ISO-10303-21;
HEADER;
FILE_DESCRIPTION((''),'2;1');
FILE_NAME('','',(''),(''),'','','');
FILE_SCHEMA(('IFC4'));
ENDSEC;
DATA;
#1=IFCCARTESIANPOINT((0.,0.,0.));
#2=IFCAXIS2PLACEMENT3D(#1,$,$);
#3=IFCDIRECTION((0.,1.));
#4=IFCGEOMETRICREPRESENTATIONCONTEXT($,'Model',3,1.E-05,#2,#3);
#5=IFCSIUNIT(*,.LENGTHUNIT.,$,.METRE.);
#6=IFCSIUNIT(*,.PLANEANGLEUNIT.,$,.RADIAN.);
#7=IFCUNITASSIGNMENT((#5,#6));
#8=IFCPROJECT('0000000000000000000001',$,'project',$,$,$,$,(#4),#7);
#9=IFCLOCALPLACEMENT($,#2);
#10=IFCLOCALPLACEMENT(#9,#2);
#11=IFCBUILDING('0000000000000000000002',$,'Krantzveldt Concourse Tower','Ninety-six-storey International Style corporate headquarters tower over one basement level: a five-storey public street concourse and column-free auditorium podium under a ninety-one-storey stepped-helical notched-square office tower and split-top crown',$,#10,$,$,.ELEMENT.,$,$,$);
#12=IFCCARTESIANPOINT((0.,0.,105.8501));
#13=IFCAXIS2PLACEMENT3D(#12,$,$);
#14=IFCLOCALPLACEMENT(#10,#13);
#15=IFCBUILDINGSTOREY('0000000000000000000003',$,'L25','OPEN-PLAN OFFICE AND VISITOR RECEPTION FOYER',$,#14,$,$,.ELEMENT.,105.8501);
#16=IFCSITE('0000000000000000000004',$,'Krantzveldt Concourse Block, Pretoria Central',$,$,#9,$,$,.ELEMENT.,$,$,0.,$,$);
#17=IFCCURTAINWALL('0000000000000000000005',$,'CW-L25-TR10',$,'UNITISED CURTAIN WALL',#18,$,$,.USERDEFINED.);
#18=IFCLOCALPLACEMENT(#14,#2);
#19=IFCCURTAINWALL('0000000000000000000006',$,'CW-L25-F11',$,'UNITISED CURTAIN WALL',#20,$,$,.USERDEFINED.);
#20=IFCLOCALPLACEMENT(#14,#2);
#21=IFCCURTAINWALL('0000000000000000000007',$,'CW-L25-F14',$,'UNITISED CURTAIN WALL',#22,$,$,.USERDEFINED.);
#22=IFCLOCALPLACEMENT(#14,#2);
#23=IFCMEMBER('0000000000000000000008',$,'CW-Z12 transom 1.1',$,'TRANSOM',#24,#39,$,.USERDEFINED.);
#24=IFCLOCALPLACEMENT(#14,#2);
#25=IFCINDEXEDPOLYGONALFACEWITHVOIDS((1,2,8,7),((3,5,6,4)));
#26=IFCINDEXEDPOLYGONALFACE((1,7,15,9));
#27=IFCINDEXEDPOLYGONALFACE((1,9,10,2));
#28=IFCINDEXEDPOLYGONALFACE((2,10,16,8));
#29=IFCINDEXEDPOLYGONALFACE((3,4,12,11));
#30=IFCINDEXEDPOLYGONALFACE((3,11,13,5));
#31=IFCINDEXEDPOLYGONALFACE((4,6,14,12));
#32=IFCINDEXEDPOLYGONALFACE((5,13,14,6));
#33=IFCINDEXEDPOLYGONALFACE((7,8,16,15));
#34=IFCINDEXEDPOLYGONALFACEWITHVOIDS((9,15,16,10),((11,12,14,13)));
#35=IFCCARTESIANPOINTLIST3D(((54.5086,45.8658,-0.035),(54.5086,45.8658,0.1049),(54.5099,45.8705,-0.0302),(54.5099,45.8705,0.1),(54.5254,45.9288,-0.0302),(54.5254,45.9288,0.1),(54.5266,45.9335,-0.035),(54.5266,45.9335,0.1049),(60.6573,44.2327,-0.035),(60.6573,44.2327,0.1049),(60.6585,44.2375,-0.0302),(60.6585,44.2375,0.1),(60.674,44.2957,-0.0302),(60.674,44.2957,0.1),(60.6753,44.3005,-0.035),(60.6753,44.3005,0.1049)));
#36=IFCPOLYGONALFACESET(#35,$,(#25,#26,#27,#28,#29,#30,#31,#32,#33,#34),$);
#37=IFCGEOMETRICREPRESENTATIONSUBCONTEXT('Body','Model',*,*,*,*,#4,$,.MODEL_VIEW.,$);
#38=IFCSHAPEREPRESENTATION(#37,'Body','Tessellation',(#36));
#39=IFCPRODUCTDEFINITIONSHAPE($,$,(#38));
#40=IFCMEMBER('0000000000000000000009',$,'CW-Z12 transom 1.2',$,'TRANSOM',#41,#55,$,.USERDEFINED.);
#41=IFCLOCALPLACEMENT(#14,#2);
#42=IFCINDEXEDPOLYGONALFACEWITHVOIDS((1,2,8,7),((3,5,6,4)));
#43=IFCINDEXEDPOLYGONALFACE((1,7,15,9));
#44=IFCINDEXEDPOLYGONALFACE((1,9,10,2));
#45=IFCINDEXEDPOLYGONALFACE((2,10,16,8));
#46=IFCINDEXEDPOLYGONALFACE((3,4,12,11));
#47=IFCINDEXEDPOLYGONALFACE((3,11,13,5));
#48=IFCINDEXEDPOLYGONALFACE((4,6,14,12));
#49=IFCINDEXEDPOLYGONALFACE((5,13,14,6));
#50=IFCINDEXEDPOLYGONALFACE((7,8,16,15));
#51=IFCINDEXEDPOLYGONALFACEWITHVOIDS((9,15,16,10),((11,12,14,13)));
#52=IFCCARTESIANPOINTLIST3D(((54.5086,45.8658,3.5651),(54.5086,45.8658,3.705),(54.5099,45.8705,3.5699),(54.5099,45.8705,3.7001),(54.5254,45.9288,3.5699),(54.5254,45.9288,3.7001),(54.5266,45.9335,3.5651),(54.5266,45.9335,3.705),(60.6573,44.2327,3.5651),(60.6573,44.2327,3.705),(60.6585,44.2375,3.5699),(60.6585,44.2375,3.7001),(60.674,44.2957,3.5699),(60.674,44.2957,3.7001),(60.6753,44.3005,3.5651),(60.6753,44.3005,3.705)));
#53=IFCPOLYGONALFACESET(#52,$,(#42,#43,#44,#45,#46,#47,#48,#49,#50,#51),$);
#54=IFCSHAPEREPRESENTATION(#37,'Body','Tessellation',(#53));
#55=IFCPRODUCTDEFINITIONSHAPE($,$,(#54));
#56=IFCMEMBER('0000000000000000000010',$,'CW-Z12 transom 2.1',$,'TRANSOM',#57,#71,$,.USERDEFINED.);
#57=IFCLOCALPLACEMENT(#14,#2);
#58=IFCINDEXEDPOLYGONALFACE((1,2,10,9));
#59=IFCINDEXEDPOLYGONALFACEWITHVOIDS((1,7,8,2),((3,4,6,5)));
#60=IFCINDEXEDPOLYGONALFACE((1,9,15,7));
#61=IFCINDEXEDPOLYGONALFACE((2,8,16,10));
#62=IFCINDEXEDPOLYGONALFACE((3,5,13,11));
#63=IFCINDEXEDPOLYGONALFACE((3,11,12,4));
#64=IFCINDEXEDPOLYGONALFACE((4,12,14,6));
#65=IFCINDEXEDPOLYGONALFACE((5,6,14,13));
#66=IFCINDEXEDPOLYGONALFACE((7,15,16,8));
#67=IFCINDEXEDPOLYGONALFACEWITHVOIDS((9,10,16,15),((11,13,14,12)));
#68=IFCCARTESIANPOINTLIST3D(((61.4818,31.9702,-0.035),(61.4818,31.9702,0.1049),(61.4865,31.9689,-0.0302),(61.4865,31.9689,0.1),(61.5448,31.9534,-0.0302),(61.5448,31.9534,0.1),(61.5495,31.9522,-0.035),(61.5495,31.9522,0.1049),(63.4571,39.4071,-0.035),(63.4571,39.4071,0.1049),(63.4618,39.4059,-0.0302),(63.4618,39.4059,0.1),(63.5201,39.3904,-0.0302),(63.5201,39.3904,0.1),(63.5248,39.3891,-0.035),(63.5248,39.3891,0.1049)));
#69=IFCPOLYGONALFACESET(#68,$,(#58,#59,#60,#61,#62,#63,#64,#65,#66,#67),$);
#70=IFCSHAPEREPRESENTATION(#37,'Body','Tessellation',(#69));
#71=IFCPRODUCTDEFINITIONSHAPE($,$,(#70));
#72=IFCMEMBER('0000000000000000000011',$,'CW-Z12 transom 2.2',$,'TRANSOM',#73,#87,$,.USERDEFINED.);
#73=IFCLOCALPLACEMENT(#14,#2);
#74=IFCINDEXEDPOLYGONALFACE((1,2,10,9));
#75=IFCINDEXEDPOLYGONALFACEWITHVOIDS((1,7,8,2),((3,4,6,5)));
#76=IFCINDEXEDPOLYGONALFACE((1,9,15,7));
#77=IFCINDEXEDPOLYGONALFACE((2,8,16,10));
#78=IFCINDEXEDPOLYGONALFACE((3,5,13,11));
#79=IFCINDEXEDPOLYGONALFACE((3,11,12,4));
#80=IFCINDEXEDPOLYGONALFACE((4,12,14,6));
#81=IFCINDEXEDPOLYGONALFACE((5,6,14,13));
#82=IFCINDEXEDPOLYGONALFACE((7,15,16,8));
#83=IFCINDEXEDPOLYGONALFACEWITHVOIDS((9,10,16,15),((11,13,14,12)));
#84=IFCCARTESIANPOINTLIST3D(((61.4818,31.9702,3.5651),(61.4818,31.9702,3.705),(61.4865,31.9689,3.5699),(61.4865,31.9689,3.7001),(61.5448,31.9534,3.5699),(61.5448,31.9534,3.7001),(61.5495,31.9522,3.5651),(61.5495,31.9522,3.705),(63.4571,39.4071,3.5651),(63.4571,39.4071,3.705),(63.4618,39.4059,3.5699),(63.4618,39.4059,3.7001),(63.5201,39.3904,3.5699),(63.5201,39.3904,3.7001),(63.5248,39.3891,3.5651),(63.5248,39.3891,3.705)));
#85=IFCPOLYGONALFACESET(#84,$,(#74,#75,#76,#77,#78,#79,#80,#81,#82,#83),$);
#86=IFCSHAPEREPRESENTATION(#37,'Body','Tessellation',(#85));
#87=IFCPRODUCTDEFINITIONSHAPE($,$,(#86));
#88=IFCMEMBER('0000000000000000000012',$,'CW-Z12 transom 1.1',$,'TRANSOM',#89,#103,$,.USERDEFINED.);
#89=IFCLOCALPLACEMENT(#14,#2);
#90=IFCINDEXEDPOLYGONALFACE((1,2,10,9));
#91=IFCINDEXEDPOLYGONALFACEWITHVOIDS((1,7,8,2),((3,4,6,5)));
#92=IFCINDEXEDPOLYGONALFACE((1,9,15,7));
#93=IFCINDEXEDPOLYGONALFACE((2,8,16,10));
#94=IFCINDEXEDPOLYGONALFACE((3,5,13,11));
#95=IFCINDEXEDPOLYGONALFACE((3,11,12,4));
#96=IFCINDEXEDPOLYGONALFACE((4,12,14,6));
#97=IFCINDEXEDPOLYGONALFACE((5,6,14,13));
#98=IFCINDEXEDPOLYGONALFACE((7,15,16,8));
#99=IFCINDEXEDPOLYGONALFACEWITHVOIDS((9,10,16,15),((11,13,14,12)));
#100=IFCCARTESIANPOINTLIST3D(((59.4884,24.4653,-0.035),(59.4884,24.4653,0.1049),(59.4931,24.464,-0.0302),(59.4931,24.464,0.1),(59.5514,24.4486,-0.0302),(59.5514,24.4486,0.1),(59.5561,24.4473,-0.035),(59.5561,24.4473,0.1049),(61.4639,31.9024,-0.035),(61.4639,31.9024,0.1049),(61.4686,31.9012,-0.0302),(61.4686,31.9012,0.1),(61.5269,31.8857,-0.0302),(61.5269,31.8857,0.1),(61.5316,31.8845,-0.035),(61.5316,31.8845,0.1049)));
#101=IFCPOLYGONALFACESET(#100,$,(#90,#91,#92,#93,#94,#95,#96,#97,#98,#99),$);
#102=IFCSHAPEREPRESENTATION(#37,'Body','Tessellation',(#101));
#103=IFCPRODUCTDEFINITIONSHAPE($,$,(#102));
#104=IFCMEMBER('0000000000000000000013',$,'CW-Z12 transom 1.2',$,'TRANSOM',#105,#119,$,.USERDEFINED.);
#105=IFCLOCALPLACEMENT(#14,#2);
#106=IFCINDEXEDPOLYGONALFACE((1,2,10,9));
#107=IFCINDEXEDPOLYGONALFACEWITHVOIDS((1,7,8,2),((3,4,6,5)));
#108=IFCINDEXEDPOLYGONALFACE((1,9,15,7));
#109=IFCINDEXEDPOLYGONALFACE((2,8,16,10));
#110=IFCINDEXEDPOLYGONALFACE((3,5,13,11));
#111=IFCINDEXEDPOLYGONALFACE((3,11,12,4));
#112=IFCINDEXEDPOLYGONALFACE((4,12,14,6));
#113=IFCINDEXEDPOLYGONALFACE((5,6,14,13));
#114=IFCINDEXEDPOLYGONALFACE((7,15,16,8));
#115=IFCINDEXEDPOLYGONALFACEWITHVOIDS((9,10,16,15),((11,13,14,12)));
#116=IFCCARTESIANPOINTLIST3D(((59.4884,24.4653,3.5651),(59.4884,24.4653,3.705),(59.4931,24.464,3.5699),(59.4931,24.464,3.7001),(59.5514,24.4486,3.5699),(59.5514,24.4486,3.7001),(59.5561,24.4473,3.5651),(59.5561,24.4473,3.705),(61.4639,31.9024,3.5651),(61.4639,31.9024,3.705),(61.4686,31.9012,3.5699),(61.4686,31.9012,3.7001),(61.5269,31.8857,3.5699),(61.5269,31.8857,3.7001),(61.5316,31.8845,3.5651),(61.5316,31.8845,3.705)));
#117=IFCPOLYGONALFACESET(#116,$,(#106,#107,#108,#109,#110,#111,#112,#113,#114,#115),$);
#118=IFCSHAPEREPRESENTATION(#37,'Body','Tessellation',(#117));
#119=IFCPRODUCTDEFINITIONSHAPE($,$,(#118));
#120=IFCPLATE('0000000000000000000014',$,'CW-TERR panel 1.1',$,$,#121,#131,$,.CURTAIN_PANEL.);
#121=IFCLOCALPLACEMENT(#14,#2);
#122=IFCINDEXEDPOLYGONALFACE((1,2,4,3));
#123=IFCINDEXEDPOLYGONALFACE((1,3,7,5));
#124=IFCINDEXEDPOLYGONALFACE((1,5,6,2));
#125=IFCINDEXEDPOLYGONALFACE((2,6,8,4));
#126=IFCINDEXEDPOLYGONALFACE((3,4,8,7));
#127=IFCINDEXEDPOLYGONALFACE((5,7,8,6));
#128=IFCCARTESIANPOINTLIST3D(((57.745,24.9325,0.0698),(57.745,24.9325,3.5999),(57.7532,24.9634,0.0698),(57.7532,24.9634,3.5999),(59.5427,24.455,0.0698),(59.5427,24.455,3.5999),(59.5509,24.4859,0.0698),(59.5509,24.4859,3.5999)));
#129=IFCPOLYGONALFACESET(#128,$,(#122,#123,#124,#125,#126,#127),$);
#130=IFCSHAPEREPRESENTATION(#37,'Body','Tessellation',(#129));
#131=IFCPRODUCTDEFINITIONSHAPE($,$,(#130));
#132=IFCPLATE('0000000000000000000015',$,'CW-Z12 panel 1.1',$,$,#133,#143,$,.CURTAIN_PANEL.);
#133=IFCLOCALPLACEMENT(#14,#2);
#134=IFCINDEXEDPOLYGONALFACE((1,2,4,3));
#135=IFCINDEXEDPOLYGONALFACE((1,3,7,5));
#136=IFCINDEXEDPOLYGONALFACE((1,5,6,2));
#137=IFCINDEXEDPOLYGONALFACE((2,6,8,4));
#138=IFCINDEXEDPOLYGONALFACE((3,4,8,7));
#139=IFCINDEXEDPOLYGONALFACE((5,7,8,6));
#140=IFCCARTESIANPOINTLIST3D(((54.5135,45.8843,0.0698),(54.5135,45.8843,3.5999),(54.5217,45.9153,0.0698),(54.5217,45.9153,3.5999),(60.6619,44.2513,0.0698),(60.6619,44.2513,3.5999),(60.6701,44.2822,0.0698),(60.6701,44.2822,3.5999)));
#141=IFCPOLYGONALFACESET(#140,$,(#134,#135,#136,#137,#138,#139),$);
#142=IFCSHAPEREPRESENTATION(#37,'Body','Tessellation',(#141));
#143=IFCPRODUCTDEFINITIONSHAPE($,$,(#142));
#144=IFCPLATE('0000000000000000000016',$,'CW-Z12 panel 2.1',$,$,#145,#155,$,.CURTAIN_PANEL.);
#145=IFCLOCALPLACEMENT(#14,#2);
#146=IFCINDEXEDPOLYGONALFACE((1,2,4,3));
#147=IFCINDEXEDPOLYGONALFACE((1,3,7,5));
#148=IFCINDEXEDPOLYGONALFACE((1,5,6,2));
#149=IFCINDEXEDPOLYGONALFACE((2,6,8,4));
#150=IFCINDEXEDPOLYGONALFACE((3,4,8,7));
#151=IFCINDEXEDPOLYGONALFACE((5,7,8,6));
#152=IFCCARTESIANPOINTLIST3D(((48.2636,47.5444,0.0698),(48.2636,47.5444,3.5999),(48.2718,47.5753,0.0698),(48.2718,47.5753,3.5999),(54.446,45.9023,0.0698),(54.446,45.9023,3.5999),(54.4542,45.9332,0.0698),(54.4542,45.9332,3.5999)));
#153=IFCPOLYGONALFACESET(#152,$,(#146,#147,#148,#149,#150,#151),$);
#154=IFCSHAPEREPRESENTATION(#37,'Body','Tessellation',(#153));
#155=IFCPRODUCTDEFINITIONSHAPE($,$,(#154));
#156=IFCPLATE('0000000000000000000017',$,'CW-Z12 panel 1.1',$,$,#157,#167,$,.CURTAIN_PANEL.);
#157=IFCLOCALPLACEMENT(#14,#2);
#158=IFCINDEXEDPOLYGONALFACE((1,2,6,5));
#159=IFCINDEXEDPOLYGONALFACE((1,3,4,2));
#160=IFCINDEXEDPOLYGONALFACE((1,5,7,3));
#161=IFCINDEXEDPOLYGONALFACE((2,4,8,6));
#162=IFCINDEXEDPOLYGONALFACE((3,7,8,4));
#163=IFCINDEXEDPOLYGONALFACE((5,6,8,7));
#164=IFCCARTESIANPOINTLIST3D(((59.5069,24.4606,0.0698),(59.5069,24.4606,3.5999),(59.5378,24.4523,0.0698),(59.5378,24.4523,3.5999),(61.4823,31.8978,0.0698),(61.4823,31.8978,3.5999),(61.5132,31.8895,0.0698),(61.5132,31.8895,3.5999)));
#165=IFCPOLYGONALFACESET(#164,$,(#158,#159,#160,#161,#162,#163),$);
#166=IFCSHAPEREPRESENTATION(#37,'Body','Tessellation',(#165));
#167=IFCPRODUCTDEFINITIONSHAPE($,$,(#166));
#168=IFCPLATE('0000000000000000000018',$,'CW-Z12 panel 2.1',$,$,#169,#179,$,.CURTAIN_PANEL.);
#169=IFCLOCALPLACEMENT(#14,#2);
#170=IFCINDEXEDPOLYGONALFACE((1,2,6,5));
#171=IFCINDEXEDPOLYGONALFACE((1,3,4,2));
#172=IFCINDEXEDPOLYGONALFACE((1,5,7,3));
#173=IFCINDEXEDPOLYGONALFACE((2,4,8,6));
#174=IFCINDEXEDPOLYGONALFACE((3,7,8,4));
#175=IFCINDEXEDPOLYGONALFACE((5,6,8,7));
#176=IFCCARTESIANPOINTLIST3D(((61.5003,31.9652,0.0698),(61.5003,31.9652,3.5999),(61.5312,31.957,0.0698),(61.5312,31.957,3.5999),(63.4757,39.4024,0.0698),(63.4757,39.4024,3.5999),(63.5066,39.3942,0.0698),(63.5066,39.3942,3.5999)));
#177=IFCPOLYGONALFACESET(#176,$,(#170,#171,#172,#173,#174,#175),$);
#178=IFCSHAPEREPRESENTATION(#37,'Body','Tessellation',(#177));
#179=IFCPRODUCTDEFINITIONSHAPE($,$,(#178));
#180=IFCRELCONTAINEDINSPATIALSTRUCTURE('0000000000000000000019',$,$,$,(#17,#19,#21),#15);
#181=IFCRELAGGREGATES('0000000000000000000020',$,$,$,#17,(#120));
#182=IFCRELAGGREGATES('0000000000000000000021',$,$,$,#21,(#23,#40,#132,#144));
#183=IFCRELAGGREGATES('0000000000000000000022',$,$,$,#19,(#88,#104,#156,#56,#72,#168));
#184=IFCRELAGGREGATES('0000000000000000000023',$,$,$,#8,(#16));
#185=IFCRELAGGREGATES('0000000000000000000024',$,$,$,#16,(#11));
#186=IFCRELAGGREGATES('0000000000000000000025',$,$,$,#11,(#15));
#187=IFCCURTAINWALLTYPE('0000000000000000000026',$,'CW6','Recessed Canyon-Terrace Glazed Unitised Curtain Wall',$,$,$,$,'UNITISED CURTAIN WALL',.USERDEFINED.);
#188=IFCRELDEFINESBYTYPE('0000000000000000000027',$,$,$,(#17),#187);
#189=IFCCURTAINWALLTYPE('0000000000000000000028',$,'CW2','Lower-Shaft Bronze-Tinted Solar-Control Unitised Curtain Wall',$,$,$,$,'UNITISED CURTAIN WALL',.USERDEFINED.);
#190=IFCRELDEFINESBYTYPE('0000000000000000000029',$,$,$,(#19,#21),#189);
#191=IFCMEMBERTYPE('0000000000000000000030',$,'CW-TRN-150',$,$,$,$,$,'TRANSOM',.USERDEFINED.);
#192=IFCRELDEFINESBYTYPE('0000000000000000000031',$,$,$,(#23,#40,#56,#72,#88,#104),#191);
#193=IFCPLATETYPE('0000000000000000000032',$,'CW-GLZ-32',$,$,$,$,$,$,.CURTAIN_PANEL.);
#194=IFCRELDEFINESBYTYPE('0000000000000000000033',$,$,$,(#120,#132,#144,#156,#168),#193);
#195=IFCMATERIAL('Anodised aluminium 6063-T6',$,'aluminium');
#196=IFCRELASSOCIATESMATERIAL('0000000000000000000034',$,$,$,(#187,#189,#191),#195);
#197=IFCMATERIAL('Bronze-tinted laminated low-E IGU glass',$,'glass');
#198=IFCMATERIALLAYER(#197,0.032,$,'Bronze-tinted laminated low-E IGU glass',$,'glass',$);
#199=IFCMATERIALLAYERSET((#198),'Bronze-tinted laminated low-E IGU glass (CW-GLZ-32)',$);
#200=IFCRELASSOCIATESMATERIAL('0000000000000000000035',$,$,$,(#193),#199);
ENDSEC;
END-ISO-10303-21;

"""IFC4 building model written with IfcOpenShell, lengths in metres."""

from ifc_helpers import new_model, si_unit, direction, frame, origin, origin_2d, place, context, subcontext, project, spatial, rectangle, hollow_rectangle, extrude, source, transform, mapped, material, layer, layer_set, material_profile, profile_set, type_object, type_shapes, element, aggregate, save


model = new_model("IFC4")

# Units and contexts
model_context = context("Model", 3, precision=1e-05, world=origin(), true_north=direction((0.0, 1.0)))
body_context = subcontext(model_context, "Body", "Model", "MODEL_VIEW")
ifc_project = project(units=[si_unit("LENGTHUNIT", "METRE"), si_unit("PLANEANGLEUNIT", "RADIAN")], contexts=[model_context])

# Site, building, storey
site_placement = place(None, origin())
site = spatial("IfcSite", under=ifc_project, at=site_placement, Name="Krantzveldt Concourse Block, Pretoria Central", CompositionType="ELEMENT", RefElevation=0.0)
building_placement = place(site_placement, origin())
building = spatial("IfcBuilding", under=site, at=building_placement, Name="Krantzveldt Concourse Tower", Description="Ninety-six-storey International Style corporate headquarters tower over one basement level: a five-storey public street concourse and column-free auditorium podium under a ninety-one-storey stepped-helical notched-square office tower and split-top crown", CompositionType="ELEMENT")
storey_placement = place(building_placement, frame((0.0, 0.0, 105.8501)))
storey = spatial("IfcBuildingStorey", under=building, at=storey_placement, Name="L25", Description="OPEN-PLAN OFFICE AND VISITOR RECEPTION FOYER", CompositionType="ELEMENT", Elevation=105.8501)

# Curtain walls
ifc_material_1 = material(Name="Anodised aluminium 6063-T6", Category="aluminium")
curtain_wall_type_1 = type_object("IfcCurtainWallType", Name="CW6", Description="Recessed Canyon-Terrace Glazed Unitised Curtain Wall", ElementType="UNITISED CURTAIN WALL", PredefinedType="USERDEFINED", material=ifc_material_1)
curtain_wall_1_placement = place(storey_placement, origin())
curtain_wall_1 = element("IfcCurtainWall", 1, at=curtain_wall_1_placement, inside=storey, type_object=curtain_wall_type_1, Name="CW-L25-TR10", ObjectType="UNITISED CURTAIN WALL", PredefinedType="USERDEFINED")
curtain_wall_type_2 = type_object("IfcCurtainWallType", Name="CW2", Description="Lower-Shaft Bronze-Tinted Solar-Control Unitised Curtain Wall", ElementType="UNITISED CURTAIN WALL", PredefinedType="USERDEFINED", material=ifc_material_1)
curtain_wall_2_placement = place(storey_placement, origin())
curtain_wall_2 = element("IfcCurtainWall", 2, at=curtain_wall_2_placement, inside=storey, type_object=curtain_wall_type_2, Name="CW-L25-F11", ObjectType="UNITISED CURTAIN WALL", PredefinedType="USERDEFINED")
curtain_wall_3_placement = place(storey_placement, origin())
curtain_wall_3 = element("IfcCurtainWall", 3, at=curtain_wall_3_placement, inside=storey, type_object=curtain_wall_type_2, Name="CW-L25-F14", ObjectType="UNITISED CURTAIN WALL", PredefinedType="USERDEFINED")

# Members
ifc_material_profile_1 = material_profile(ifc_material_1, hollow_rectangle(XDim=0.0701, YDim=0.1399, WallThickness=0.0049, at=origin_2d()), Name="Anodised aluminium 6063-T6", Category="aluminium")
ifc_profile_set_1 = profile_set([ifc_material_profile_1], Name="Anodised aluminium 6063-T6 - ALU-TRAN 140x70x5")
member_type_1 = type_object("IfcMemberType", Name="CW-TRN-150", ElementType="TRANSOM", PredefinedType="USERDEFINED", material=ifc_profile_set_1)
shared_shape_1 = source(origin(), body_context, "Body", "SweptSolid", [
    extrude(hollow_rectangle(XDim=0.0701, YDim=0.1399, WallThickness=0.0049, at=origin_2d()), origin(), (0.0, 0.0, 1.0), 6.3618),
])
member_1_placement = place(storey_placement, frame((60.6663, 44.2666, 0.0349), z_axis=(-0.966492, 0.256695, 0.0), x_axis=(-0.256695, -0.966492, 0.0)))
member_1 = element("IfcMember", 4, at=member_1_placement, type_object=member_type_1, Name="CW-Z12 transom 1.1", ObjectType="TRANSOM", PredefinedType="USERDEFINED", context=body_context, shape_type="MappedRepresentation", body=[
    mapped(shared_shape_1, transform((0.0, 0.0, 0.0), x_axis=(1.0, 0.0, 0.0), y_axis=(0.0, 1.0, 0.0), z_axis=(0.0, 0.0, 1.0), scale=1.0)),
])
member_2_placement = place(storey_placement, frame((60.6663, 44.2666, 3.635), z_axis=(-0.966492, 0.256695, 0.0), x_axis=(-0.256695, -0.966492, 0.0)))
member_2 = element("IfcMember", 5, at=member_2_placement, type_object=member_type_1, Name="CW-Z12 transom 1.2", ObjectType="TRANSOM", PredefinedType="USERDEFINED", context=body_context, shape_type="MappedRepresentation", body=[
    mapped(shared_shape_1, transform((0.0, 0.0, 0.0), x_axis=(1.0, 0.0, 0.0), y_axis=(0.0, 1.0, 0.0), z_axis=(0.0, 0.0, 1.0), scale=1.0)),
])
shared_shape_2 = source(origin(), body_context, "Body", "SweptSolid", [
    extrude(hollow_rectangle(XDim=0.0701, YDim=0.1399, WallThickness=0.0049, at=origin_2d()), origin(), (0.0, 0.0, 1.0), 7.6948),
])
member_3_placement = place(storey_placement, frame((61.5156, 31.9612, 0.0349), z_axis=(0.256709, 0.966489, 0.0), x_axis=(-0.966489, 0.256709, 0.0)))
member_3 = element("IfcMember", 6, at=member_3_placement, type_object=member_type_1, Name="CW-Z12 transom 2.1", ObjectType="TRANSOM", PredefinedType="USERDEFINED", context=body_context, shape_type="MappedRepresentation", body=[
    mapped(shared_shape_2, transform((0.0, 0.0, 0.0), x_axis=(1.0, 0.0, 0.0), y_axis=(0.0, 1.0, 0.0), z_axis=(0.0, 0.0, 1.0), scale=1.0)),
])
member_4_placement = place(storey_placement, frame((61.5156, 31.9612, 3.635), z_axis=(0.256709, 0.966489, 0.0), x_axis=(-0.966489, 0.256709, 0.0)))
member_4 = element("IfcMember", 7, at=member_4_placement, type_object=member_type_1, Name="CW-Z12 transom 2.2", ObjectType="TRANSOM", PredefinedType="USERDEFINED", context=body_context, shape_type="MappedRepresentation", body=[
    mapped(shared_shape_2, transform((0.0, 0.0, 0.0), x_axis=(1.0, 0.0, 0.0), y_axis=(0.0, 1.0, 0.0), z_axis=(0.0, 0.0, 1.0), scale=1.0)),
])
shared_shape_3 = source(origin(), body_context, "Body", "SweptSolid", [
    extrude(hollow_rectangle(XDim=0.0701, YDim=0.1399, WallThickness=0.0049, at=origin_2d()), origin(), (0.0, 0.0, 1.0), 7.6951),
])
member_5_placement = place(storey_placement, frame((59.5222, 24.4563, 0.0349), z_axis=(0.25673, 0.966483, 0.0), x_axis=(-0.966483, 0.25673, 0.0)))
member_5 = element("IfcMember", 8, at=member_5_placement, type_object=member_type_1, Name="CW-Z12 transom 1.1", ObjectType="TRANSOM", PredefinedType="USERDEFINED", context=body_context, shape_type="MappedRepresentation", body=[
    mapped(shared_shape_3, transform((0.0, 0.0, 0.0), x_axis=(1.0, 0.0, 0.0), y_axis=(0.0, 1.0, 0.0), z_axis=(0.0, 0.0, 1.0), scale=1.0)),
])
member_6_placement = place(storey_placement, frame((59.5222, 24.4563, 3.635), z_axis=(0.25673, 0.966483, 0.0), x_axis=(-0.966483, 0.25673, 0.0)))
member_6 = element("IfcMember", 9, at=member_6_placement, type_object=member_type_1, Name="CW-Z12 transom 1.2", ObjectType="TRANSOM", PredefinedType="USERDEFINED", context=body_context, shape_type="MappedRepresentation", body=[
    mapped(shared_shape_3, transform((0.0, 0.0, 0.0), x_axis=(1.0, 0.0, 0.0), y_axis=(0.0, 1.0, 0.0), z_axis=(0.0, 0.0, 1.0), scale=1.0)),
])

# Plates
ifc_material_2 = material(Name="Bronze-tinted laminated low-E IGU glass", Category="glass")
ifc_layer_1 = layer(ifc_material_2, 0.032, Name="Bronze-tinted laminated low-E IGU glass", Category="glass")
ifc_layer_set_1 = layer_set([ifc_layer_1], Name="Bronze-tinted laminated low-E IGU glass (CW-GLZ-32)")
plate_type = type_object("IfcPlateType", Name="CW-GLZ-32", PredefinedType="CURTAIN_PANEL", material=ifc_layer_set_1)
shared_shape_4 = source(origin(), body_context, "Body", "SweptSolid", [
    extrude(rectangle(XDim=1.8601, YDim=0.032, at=origin_2d()), origin(), (0.0, 0.0, 1.0), 3.53),
])
plate_1_placement = place(storey_placement, frame((58.6479, 24.7092, 0.0698), z_axis=(0.0, 0.0, 1.0), x_axis=(0.966489, -0.25671, 0.0)))
plate_1 = element("IfcPlate", 10, at=plate_1_placement, type_object=plate_type, Name="CW-TERR panel 1.1", PredefinedType="CURTAIN_PANEL", context=body_context, shape_type="MappedRepresentation", body=[
    mapped(shared_shape_4, transform((0.0, 0.0, 0.0), x_axis=(1.0, 0.0, 0.0), y_axis=(0.0, 1.0, 0.0), z_axis=(0.0, 0.0, 1.0), scale=1.0)),
])
aggregate(curtain_wall_1, [plate_1])
shared_shape_5 = source(origin(), body_context, "Body", "SweptSolid", [
    extrude(rectangle(XDim=6.3616, YDim=0.032, at=origin_2d()), origin(), (0.0, 0.0, 1.0), 3.53),
])
plate_2_placement = place(storey_placement, frame((57.5918, 45.0833, 0.0698), z_axis=(0.0, 0.0, 1.0), x_axis=(-0.966488, 0.256711, 0.0)))
plate_2 = element("IfcPlate", 11, at=plate_2_placement, type_object=plate_type, Name="CW-Z12 panel 1.1", PredefinedType="CURTAIN_PANEL", context=body_context, shape_type="MappedRepresentation", body=[
    mapped(shared_shape_5, transform((0.0, 0.0, 0.0), x_axis=(1.0, 0.0, 0.0), y_axis=(0.0, 1.0, 0.0), z_axis=(0.0, 0.0, 1.0), scale=1.0)),
])
shared_shape_6 = source(origin(), body_context, "Body", "SweptSolid", [
    extrude(rectangle(XDim=6.3967, YDim=0.032, at=origin_2d()), origin(), (0.0, 0.0, 1.0), 3.53),
])
plate_3_placement = place(storey_placement, frame((51.3589, 46.7388, 0.0698), z_axis=(0.0, 0.0, 1.0), x_axis=(-0.966488, 0.256711, 0.0)))
plate_3 = element("IfcPlate", 12, at=plate_3_placement, type_object=plate_type, Name="CW-Z12 panel 2.1", PredefinedType="CURTAIN_PANEL", context=body_context, shape_type="MappedRepresentation", body=[
    mapped(shared_shape_6, transform((0.0, 0.0, 0.0), x_axis=(1.0, 0.0, 0.0), y_axis=(0.0, 1.0, 0.0), z_axis=(0.0, 0.0, 1.0), scale=1.0)),
])
aggregate(curtain_wall_3, [member_1, member_2, plate_2, plate_3])
shared_shape_7 = source(origin(), body_context, "Body", "SweptSolid", [
    extrude(rectangle(XDim=7.6951, YDim=0.032, at=origin_2d()), origin(), (0.0, 0.0, 1.0), 3.53),
])
type_shapes(plate_type, [shared_shape_4, shared_shape_5, shared_shape_6, shared_shape_7])
plate_4_placement = place(storey_placement, frame((60.51, 28.175, 0.0698), z_axis=(0.0, 0.0, 1.0), x_axis=(0.256711, 0.966488, 0.0)))
plate_4 = element("IfcPlate", 13, at=plate_4_placement, type_object=plate_type, Name="CW-Z12 panel 1.1", PredefinedType="CURTAIN_PANEL", context=body_context, shape_type="MappedRepresentation", body=[
    mapped(shared_shape_7, transform((0.0, 0.0, 0.0), x_axis=(1.0, 0.0, 0.0), y_axis=(0.0, 1.0, 0.0), z_axis=(0.0, 0.0, 1.0), scale=1.0)),
])
plate_5_placement = place(storey_placement, frame((62.5034, 35.6797, 0.0698), z_axis=(0.0, 0.0, 1.0), x_axis=(0.256711, 0.966488, 0.0)))
plate_5 = element("IfcPlate", 14, at=plate_5_placement, type_object=plate_type, Name="CW-Z12 panel 2.1", PredefinedType="CURTAIN_PANEL", context=body_context, shape_type="MappedRepresentation", body=[
    mapped(shared_shape_7, transform((0.0, 0.0, 0.0), x_axis=(1.0, 0.0, 0.0), y_axis=(0.0, 1.0, 0.0), z_axis=(0.0, 0.0, 1.0), scale=1.0)),
])
aggregate(curtain_wall_2, [member_5, member_6, plate_4, member_3, member_4, plate_5])

save(model, "model.ifc")
